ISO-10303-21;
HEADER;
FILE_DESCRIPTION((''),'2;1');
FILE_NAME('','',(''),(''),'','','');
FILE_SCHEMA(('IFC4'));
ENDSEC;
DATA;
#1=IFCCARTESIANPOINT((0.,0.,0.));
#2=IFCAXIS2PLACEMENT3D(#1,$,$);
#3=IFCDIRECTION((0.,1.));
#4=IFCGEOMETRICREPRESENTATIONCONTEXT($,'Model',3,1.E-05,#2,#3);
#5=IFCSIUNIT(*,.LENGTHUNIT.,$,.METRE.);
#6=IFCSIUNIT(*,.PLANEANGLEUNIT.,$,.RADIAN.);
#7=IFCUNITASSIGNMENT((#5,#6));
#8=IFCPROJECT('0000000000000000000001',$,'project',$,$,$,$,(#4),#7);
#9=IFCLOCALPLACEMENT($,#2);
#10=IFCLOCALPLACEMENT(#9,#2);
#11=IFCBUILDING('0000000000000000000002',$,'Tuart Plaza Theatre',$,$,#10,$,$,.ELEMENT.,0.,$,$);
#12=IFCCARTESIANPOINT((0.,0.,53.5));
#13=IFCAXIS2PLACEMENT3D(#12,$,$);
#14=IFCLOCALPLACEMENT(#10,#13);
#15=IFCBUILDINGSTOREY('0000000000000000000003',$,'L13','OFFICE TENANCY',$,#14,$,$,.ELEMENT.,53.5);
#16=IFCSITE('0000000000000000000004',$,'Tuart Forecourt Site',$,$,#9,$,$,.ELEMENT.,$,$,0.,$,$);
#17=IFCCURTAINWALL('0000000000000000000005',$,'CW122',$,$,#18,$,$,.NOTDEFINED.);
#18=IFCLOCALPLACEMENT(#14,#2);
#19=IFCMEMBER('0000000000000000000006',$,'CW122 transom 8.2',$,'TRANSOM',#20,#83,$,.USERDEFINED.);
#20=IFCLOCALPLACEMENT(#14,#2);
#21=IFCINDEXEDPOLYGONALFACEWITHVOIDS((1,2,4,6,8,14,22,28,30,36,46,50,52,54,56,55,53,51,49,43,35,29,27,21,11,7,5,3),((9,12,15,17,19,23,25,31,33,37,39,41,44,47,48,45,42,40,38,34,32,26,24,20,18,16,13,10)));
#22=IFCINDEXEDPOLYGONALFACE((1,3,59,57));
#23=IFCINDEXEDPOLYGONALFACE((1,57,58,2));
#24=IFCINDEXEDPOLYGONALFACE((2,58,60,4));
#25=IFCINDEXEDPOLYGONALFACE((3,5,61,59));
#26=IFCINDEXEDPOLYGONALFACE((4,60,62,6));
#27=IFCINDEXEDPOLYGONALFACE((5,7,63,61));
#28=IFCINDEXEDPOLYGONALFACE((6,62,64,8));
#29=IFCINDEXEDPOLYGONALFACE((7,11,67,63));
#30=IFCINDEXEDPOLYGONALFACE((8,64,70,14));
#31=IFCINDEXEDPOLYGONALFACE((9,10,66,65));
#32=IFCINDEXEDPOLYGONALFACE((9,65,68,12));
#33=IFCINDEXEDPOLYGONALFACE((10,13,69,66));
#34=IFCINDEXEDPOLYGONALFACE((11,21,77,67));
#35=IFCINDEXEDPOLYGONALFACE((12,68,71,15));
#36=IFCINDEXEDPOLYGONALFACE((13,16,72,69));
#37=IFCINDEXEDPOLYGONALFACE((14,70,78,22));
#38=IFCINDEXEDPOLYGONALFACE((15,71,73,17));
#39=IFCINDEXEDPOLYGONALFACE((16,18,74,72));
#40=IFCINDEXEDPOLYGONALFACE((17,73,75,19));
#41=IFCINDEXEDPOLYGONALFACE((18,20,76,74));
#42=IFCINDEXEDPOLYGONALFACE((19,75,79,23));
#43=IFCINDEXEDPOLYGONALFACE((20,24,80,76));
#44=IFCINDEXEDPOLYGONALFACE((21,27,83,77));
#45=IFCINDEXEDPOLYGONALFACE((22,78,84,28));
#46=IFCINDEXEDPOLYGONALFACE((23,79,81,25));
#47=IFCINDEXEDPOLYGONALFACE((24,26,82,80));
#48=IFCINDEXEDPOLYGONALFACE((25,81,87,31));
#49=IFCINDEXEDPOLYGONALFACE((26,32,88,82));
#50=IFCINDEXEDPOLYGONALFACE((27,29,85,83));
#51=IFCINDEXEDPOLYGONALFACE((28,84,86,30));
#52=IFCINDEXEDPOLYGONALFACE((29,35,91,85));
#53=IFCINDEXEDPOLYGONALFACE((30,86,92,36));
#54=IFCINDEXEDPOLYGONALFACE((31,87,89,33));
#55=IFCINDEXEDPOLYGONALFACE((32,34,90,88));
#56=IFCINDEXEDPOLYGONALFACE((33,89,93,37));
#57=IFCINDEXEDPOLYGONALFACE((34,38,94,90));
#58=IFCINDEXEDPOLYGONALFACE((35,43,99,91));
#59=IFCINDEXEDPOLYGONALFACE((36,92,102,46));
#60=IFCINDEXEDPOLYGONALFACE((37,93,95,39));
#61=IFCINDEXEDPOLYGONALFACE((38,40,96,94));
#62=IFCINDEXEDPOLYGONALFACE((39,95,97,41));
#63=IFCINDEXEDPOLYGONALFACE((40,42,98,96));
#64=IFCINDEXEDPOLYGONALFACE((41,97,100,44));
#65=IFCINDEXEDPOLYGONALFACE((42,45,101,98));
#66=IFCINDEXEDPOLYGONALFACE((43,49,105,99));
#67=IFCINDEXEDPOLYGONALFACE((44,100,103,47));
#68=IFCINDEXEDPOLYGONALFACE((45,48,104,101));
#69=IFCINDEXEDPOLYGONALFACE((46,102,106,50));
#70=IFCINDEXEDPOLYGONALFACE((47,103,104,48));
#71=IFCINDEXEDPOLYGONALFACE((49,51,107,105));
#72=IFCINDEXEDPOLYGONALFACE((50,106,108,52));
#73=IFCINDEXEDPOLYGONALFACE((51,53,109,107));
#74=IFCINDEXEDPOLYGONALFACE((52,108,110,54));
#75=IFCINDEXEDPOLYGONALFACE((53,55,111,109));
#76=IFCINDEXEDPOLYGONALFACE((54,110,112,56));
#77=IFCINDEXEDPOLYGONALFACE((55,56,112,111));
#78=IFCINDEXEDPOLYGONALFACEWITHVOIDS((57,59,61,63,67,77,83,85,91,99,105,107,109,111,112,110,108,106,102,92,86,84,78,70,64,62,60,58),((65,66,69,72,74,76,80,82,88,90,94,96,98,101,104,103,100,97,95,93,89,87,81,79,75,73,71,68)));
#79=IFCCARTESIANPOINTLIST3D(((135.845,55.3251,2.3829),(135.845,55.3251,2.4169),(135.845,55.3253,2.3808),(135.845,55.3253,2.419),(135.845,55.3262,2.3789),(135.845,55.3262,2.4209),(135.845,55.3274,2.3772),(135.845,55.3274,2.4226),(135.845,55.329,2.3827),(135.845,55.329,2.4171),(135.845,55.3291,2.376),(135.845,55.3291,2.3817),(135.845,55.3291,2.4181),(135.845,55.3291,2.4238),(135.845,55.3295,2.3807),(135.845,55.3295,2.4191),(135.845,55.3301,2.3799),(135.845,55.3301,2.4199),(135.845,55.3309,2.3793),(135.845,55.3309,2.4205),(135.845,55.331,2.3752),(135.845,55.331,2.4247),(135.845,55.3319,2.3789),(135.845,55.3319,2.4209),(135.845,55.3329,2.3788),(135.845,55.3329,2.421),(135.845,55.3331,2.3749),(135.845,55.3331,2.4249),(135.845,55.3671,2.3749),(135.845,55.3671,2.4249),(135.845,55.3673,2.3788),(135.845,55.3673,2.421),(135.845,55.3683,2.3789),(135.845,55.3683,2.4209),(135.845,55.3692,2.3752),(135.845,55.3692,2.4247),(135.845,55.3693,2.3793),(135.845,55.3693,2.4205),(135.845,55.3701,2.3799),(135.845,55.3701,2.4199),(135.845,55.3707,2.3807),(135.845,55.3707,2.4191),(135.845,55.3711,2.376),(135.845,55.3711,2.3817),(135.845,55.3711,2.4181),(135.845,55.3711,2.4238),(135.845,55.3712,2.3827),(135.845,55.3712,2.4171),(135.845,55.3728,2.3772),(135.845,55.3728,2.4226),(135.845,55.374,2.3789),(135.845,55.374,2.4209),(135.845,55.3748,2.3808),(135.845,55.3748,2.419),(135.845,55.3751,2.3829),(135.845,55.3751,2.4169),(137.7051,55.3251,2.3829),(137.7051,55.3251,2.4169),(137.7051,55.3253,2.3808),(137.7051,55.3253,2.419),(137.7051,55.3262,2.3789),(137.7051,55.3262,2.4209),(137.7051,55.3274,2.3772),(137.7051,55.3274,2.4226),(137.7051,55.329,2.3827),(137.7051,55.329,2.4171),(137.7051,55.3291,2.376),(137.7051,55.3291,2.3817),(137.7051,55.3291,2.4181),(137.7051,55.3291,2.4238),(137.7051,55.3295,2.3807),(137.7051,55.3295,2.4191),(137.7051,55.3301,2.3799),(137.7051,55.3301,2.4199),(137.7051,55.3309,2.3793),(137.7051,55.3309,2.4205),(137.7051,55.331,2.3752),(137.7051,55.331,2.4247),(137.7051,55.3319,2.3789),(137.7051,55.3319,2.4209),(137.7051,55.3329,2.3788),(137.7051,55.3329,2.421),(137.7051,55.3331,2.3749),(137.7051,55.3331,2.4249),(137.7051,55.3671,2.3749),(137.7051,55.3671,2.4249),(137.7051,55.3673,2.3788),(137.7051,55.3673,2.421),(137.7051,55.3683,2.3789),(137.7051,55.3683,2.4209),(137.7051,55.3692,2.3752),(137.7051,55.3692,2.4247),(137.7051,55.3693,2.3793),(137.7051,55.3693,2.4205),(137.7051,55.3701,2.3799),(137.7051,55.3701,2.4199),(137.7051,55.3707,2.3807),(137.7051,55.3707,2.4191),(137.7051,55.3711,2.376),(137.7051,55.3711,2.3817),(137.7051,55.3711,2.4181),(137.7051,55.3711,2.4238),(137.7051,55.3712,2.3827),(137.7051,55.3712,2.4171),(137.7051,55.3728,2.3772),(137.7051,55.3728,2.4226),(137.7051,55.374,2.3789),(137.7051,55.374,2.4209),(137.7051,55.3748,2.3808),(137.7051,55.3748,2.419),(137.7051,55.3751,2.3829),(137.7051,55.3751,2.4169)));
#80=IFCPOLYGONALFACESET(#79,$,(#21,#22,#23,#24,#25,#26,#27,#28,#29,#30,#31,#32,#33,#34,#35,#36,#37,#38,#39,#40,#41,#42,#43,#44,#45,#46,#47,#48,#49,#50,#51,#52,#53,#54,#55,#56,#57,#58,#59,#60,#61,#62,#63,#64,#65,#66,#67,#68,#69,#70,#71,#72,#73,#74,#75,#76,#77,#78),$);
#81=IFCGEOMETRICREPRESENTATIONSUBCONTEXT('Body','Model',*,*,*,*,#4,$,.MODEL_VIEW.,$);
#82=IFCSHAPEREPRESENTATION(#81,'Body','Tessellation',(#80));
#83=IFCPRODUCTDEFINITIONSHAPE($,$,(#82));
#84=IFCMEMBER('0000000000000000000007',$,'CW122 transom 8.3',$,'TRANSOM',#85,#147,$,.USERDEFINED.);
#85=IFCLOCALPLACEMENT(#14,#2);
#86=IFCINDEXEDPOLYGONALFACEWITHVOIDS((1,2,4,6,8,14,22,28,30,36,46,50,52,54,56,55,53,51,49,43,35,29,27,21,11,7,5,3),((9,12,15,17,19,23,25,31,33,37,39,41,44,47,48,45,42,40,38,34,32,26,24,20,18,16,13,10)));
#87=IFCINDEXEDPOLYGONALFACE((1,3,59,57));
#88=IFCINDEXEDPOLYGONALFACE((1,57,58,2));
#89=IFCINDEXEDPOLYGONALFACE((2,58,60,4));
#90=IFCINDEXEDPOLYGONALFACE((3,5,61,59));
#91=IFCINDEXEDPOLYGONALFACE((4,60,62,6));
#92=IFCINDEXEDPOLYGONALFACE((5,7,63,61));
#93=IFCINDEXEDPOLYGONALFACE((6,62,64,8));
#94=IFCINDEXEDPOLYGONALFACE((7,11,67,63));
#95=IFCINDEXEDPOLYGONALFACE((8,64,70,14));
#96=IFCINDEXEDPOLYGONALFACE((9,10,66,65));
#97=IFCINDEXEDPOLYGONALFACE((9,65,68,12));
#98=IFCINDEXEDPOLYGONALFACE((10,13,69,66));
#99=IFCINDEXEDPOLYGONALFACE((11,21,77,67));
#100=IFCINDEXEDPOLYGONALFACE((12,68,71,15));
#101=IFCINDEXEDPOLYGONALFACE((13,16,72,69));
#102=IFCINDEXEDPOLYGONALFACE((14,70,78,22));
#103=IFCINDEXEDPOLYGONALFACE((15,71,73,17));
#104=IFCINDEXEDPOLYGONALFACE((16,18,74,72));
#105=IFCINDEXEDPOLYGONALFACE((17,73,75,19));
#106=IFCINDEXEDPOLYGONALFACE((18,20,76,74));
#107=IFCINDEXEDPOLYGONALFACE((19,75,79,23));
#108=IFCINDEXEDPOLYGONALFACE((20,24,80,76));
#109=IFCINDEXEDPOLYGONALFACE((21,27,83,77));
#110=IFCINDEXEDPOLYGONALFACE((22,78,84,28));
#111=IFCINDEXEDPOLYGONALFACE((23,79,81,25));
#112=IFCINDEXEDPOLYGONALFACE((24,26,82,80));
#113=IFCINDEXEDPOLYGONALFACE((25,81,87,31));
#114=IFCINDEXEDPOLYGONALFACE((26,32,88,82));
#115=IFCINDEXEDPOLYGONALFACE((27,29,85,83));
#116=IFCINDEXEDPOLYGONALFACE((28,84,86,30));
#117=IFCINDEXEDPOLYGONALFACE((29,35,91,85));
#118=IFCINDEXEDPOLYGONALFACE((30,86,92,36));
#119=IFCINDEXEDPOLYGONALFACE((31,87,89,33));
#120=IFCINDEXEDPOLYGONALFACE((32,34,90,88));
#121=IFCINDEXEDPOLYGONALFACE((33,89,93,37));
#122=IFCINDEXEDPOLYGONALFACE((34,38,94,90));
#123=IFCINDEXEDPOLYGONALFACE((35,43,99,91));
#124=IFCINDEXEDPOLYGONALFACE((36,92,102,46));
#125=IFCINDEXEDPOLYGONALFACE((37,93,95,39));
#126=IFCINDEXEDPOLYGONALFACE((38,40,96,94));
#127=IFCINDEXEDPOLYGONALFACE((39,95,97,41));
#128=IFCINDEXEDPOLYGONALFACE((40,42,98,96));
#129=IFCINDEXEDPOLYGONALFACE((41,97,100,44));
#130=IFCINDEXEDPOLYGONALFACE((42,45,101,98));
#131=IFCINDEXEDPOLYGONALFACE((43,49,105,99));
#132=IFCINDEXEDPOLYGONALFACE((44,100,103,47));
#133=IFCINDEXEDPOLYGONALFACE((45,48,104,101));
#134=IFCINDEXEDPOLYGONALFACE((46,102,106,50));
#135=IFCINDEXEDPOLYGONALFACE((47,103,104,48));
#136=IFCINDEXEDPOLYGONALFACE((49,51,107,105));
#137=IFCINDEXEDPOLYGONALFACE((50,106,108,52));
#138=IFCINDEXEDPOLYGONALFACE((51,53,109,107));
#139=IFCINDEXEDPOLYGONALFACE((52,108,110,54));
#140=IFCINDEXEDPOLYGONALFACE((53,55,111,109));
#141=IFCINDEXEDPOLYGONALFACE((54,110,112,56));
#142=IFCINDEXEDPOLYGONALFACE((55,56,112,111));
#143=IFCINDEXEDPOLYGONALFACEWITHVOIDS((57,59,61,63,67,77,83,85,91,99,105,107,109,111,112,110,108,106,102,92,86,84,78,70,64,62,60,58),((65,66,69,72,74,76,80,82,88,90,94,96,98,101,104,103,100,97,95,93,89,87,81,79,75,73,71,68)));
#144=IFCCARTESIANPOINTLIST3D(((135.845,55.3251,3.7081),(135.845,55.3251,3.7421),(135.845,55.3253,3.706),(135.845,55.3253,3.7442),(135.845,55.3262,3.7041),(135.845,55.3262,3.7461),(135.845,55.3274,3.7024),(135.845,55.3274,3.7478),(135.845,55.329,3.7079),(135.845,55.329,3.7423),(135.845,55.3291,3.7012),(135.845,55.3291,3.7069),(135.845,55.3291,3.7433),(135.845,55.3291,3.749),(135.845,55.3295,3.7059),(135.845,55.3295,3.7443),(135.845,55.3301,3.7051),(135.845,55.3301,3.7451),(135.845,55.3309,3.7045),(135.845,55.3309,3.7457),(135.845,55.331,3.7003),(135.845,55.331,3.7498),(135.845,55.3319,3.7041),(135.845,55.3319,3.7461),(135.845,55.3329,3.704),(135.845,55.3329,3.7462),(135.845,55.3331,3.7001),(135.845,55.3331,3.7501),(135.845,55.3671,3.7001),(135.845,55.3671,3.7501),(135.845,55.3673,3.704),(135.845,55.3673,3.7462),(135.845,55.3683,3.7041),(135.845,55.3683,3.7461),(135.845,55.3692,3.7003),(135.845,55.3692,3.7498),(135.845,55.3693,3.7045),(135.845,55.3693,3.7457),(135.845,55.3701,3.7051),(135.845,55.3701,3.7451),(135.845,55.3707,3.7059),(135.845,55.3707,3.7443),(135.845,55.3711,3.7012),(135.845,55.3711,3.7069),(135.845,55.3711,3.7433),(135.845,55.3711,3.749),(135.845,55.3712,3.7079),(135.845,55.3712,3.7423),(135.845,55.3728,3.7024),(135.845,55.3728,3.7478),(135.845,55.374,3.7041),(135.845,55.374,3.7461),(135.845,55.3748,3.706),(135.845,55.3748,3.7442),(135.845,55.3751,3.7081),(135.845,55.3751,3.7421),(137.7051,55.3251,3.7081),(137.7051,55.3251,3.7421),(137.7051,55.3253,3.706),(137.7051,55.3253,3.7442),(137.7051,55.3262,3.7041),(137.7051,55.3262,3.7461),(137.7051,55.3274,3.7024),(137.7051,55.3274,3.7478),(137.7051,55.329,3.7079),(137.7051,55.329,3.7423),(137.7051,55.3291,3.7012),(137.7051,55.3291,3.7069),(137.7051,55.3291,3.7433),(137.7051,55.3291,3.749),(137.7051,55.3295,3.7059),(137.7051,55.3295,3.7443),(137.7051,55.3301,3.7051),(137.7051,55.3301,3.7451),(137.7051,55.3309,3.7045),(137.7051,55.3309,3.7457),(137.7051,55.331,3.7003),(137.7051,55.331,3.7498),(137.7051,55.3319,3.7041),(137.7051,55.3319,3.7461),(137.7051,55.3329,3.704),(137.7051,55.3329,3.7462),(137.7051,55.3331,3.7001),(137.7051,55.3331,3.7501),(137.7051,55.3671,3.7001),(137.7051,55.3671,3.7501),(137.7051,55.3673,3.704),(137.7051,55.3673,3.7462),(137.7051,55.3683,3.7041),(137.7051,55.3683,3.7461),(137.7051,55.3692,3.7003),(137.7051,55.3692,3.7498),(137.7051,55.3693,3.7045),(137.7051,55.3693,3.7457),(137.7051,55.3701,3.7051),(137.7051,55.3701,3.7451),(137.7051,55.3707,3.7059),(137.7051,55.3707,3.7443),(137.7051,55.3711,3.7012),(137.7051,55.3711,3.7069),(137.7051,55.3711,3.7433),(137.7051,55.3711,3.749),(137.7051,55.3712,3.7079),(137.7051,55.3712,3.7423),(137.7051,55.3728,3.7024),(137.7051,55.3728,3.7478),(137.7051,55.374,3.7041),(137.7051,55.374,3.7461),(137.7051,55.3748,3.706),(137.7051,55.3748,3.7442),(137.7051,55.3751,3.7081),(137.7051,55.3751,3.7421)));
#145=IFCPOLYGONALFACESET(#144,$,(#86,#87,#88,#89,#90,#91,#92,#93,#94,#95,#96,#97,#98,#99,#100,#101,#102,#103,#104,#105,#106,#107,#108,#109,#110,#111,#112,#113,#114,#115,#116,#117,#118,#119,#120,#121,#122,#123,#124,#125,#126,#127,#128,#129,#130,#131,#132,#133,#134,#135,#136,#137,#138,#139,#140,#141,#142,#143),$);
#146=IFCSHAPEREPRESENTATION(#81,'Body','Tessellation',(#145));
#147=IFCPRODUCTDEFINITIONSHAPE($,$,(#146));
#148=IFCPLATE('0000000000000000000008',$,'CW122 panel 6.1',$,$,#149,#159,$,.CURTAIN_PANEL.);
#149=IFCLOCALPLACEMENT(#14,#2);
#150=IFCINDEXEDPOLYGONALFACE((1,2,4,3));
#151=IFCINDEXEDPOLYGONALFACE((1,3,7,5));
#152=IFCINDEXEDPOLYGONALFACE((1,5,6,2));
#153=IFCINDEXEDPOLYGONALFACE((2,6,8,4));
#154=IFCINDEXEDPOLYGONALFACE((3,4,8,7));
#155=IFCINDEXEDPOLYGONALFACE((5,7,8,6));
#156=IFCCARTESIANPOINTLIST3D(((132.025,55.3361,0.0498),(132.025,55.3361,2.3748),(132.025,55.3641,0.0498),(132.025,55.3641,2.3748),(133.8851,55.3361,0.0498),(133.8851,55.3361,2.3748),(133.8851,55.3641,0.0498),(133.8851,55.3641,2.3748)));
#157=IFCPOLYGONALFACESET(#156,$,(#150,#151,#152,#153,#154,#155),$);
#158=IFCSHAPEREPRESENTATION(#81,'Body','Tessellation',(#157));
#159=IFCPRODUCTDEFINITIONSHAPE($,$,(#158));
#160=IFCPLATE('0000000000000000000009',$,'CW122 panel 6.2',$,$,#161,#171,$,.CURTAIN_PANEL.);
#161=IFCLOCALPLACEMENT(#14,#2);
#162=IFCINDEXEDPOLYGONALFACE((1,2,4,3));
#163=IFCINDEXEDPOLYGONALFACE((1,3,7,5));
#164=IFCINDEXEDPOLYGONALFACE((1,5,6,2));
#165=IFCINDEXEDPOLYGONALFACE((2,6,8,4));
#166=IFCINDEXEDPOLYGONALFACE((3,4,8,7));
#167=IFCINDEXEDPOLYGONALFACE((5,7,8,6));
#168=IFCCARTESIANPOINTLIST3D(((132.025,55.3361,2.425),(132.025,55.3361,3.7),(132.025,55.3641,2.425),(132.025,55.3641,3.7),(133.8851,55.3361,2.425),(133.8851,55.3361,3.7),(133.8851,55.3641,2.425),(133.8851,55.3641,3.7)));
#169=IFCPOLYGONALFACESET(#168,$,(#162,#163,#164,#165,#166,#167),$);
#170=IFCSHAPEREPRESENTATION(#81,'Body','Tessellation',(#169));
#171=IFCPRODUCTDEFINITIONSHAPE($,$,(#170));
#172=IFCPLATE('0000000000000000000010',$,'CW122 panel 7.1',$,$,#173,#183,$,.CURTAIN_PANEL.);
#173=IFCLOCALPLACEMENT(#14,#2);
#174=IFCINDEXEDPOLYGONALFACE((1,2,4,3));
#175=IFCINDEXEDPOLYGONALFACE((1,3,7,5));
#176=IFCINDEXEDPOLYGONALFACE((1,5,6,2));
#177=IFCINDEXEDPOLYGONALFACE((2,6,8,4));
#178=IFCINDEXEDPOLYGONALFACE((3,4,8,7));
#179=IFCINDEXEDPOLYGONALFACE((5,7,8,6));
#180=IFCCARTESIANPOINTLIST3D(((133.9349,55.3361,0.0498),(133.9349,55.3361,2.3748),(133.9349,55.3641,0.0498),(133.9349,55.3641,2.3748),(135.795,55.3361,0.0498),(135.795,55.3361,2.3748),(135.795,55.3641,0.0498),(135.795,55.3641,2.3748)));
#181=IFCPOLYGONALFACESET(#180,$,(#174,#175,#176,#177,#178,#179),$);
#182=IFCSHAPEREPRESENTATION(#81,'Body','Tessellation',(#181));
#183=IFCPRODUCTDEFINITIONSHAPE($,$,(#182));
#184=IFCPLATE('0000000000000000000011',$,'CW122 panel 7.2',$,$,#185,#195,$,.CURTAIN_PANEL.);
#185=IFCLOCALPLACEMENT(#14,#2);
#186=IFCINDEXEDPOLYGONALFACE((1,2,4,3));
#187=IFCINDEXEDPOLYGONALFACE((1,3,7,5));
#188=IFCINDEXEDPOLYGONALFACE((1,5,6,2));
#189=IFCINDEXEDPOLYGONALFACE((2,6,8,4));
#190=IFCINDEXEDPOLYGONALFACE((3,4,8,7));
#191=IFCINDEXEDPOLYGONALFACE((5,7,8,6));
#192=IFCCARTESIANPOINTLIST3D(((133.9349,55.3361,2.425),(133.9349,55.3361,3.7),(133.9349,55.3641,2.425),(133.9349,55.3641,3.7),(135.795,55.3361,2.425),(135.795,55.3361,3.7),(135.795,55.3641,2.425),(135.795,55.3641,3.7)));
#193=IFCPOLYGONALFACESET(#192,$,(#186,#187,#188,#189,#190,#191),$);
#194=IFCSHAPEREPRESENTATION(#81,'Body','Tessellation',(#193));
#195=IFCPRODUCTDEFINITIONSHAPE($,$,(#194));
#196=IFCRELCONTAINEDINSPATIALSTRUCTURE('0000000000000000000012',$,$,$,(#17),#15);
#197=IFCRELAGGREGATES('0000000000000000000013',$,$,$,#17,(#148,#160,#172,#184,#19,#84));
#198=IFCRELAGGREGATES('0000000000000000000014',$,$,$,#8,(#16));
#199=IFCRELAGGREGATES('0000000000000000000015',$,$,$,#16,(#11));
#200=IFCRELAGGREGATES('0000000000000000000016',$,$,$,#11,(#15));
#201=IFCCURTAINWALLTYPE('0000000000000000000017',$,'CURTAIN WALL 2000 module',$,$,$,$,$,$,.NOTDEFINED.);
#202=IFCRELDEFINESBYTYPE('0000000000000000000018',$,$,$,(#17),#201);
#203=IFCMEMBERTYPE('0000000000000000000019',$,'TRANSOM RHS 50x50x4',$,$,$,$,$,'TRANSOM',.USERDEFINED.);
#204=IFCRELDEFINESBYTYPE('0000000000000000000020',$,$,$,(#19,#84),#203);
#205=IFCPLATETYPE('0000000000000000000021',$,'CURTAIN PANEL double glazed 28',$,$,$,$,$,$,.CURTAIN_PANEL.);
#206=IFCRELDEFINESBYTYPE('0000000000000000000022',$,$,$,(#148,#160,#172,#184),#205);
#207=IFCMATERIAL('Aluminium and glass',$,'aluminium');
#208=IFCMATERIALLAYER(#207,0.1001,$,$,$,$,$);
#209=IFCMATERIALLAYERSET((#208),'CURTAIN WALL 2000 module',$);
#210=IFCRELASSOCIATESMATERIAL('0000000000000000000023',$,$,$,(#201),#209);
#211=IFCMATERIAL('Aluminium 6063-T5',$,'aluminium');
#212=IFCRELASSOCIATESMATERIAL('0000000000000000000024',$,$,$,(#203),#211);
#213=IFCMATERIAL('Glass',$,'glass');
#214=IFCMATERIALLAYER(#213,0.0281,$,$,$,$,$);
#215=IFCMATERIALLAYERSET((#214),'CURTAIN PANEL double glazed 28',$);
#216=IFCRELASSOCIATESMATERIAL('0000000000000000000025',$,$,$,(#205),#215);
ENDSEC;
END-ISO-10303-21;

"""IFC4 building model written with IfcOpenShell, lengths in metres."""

from ifc_helpers import new_model, si_unit, direction, frame, origin, origin_2d, place, context, subcontext, project, spatial, rectangle, hollow_rectangle, extrude, material, layer, layer_set, material_profile, profile_set, type_object, element, aggregate, save


model = new_model("IFC4")

# Units and contexts
model_context = context("Model", 3, precision=1e-05, world=origin(), true_north=direction((0.0, 1.0)))
body_context = subcontext(model_context, "Body", "Model", "MODEL_VIEW")
ifc_project = project(units=[si_unit("LENGTHUNIT", "METRE"), si_unit("PLANEANGLEUNIT", "RADIAN")], contexts=[model_context])

# Site, building, storey
site_placement = place(None, origin())
site = spatial("IfcSite", under=ifc_project, at=site_placement, Name="Tuart Forecourt Site", CompositionType="ELEMENT", RefElevation=0.0)
building_placement = place(site_placement, origin())
building = spatial("IfcBuilding", under=site, at=building_placement, Name="Tuart Plaza Theatre", CompositionType="ELEMENT", ElevationOfRefHeight=0.0)
storey_placement = place(building_placement, frame((0.0, 0.0, 53.5)))
storey = spatial("IfcBuildingStorey", under=building, at=storey_placement, Name="L13", Description="OFFICE TENANCY", CompositionType="ELEMENT", Elevation=53.5)

# Curtain wall, members, plates
ifc_material_1 = material(Name="Aluminium and glass", Category="aluminium")
ifc_layer_1 = layer(ifc_material_1, 0.1001)
ifc_layer_set_1 = layer_set([ifc_layer_1], Name="CURTAIN WALL 2000 module")
curtain_wall_type = type_object("IfcCurtainWallType", Name="CURTAIN WALL 2000 module", PredefinedType="NOTDEFINED", material=ifc_layer_set_1)
curtain_wall_placement = place(storey_placement, origin())
curtain_wall = element("IfcCurtainWall", 1, at=curtain_wall_placement, inside=storey, type_object=curtain_wall_type, Name="CW122", PredefinedType="NOTDEFINED")
ifc_material_2 = material(Name="Aluminium 6063-T5", Category="aluminium")
ifc_material_profile_1 = material_profile(ifc_material_2, hollow_rectangle(XDim=0.05, YDim=0.05, WallThickness=0.0039, InnerFilletRadius=0.0039, OuterFilletRadius=0.0081, at=origin_2d()), Name="RHS 50x50x4")
ifc_profile_set_1 = profile_set([ifc_material_profile_1], Name="Aluminium 6063-T5")
member_type_1 = type_object("IfcMemberType", Name="TRANSOM RHS 50x50x4", ElementType="TRANSOM", PredefinedType="USERDEFINED", material=ifc_profile_set_1)
member_1_placement = place(storey_placement, frame((135.845, 55.3501, 2.3999), z_axis=(1.0, 0.0, 0.0), x_axis=(0.0, 1.0, 0.0)))
member_1 = element("IfcMember", 2, at=member_1_placement, type_object=member_type_1, Name="CW122 transom 8.2", ObjectType="TRANSOM", PredefinedType="USERDEFINED", context=body_context, shape_type="SweptSolid", body=[
    extrude(hollow_rectangle(XDim=0.05, YDim=0.05, WallThickness=0.0039, InnerFilletRadius=0.0039, OuterFilletRadius=0.0081, at=origin_2d()), origin(), (0.0, 0.0, 1.0), 1.8601),
])
member_2_placement = place(storey_placement, frame((135.845, 55.3501, 3.7251), z_axis=(1.0, 0.0, 0.0), x_axis=(0.0, 1.0, 0.0)))
member_2 = element("IfcMember", 3, at=member_2_placement, type_object=member_type_1, Name="CW122 transom 8.3", ObjectType="TRANSOM", PredefinedType="USERDEFINED", context=body_context, shape_type="SweptSolid", body=[
    extrude(hollow_rectangle(XDim=0.05, YDim=0.05, WallThickness=0.0039, InnerFilletRadius=0.0039, OuterFilletRadius=0.0081, at=origin_2d()), origin(), (0.0, 0.0, 1.0), 1.8601),
])
ifc_material_3 = material(Name="Glass", Category="glass")
ifc_layer_2 = layer(ifc_material_3, 0.0281)
ifc_layer_set_2 = layer_set([ifc_layer_2], Name="CURTAIN PANEL double glazed 28")
plate_type = type_object("IfcPlateType", Name="CURTAIN PANEL double glazed 28", PredefinedType="CURTAIN_PANEL", material=ifc_layer_set_2)
plate_1_placement = place(storey_placement, frame((132.9551, 55.3501, 0.0498), z_axis=(0.0, 0.0, 1.0), x_axis=(1.0, 0.0, 0.0)))
plate_1 = element("IfcPlate", 4, at=plate_1_placement, type_object=plate_type, Name="CW122 panel 6.1", PredefinedType="CURTAIN_PANEL", context=body_context, shape_type="SweptSolid", body=[
    extrude(rectangle(XDim=1.8601, YDim=0.0281, at=origin_2d()), origin(), (0.0, 0.0, 1.0), 2.325),
])
plate_2_placement = place(storey_placement, frame((132.9551, 55.3501, 2.425), z_axis=(0.0, 0.0, 1.0), x_axis=(1.0, 0.0, 0.0)))
plate_2 = element("IfcPlate", 5, at=plate_2_placement, type_object=plate_type, Name="CW122 panel 6.2", PredefinedType="CURTAIN_PANEL", context=body_context, shape_type="SweptSolid", body=[
    extrude(rectangle(XDim=1.8601, YDim=0.0281, at=origin_2d()), origin(), (0.0, 0.0, 1.0), 1.2749),
])
plate_3_placement = place(storey_placement, frame((134.865, 55.3501, 0.0498), z_axis=(0.0, 0.0, 1.0), x_axis=(1.0, 0.0, 0.0)))
plate_3 = element("IfcPlate", 6, at=plate_3_placement, type_object=plate_type, Name="CW122 panel 7.1", PredefinedType="CURTAIN_PANEL", context=body_context, shape_type="SweptSolid", body=[
    extrude(rectangle(XDim=1.8601, YDim=0.0281, at=origin_2d()), origin(), (0.0, 0.0, 1.0), 2.325),
])
plate_4_placement = place(storey_placement, frame((134.865, 55.3501, 2.425), z_axis=(0.0, 0.0, 1.0), x_axis=(1.0, 0.0, 0.0)))
plate_4 = element("IfcPlate", 7, at=plate_4_placement, type_object=plate_type, Name="CW122 panel 7.2", PredefinedType="CURTAIN_PANEL", context=body_context, shape_type="SweptSolid", body=[
    extrude(rectangle(XDim=1.8601, YDim=0.0281, at=origin_2d()), origin(), (0.0, 0.0, 1.0), 1.2749),
])
aggregate(curtain_wall, [plate_1, plate_2, plate_3, plate_4, member_1, member_2])

save(model, "model.ifc")
